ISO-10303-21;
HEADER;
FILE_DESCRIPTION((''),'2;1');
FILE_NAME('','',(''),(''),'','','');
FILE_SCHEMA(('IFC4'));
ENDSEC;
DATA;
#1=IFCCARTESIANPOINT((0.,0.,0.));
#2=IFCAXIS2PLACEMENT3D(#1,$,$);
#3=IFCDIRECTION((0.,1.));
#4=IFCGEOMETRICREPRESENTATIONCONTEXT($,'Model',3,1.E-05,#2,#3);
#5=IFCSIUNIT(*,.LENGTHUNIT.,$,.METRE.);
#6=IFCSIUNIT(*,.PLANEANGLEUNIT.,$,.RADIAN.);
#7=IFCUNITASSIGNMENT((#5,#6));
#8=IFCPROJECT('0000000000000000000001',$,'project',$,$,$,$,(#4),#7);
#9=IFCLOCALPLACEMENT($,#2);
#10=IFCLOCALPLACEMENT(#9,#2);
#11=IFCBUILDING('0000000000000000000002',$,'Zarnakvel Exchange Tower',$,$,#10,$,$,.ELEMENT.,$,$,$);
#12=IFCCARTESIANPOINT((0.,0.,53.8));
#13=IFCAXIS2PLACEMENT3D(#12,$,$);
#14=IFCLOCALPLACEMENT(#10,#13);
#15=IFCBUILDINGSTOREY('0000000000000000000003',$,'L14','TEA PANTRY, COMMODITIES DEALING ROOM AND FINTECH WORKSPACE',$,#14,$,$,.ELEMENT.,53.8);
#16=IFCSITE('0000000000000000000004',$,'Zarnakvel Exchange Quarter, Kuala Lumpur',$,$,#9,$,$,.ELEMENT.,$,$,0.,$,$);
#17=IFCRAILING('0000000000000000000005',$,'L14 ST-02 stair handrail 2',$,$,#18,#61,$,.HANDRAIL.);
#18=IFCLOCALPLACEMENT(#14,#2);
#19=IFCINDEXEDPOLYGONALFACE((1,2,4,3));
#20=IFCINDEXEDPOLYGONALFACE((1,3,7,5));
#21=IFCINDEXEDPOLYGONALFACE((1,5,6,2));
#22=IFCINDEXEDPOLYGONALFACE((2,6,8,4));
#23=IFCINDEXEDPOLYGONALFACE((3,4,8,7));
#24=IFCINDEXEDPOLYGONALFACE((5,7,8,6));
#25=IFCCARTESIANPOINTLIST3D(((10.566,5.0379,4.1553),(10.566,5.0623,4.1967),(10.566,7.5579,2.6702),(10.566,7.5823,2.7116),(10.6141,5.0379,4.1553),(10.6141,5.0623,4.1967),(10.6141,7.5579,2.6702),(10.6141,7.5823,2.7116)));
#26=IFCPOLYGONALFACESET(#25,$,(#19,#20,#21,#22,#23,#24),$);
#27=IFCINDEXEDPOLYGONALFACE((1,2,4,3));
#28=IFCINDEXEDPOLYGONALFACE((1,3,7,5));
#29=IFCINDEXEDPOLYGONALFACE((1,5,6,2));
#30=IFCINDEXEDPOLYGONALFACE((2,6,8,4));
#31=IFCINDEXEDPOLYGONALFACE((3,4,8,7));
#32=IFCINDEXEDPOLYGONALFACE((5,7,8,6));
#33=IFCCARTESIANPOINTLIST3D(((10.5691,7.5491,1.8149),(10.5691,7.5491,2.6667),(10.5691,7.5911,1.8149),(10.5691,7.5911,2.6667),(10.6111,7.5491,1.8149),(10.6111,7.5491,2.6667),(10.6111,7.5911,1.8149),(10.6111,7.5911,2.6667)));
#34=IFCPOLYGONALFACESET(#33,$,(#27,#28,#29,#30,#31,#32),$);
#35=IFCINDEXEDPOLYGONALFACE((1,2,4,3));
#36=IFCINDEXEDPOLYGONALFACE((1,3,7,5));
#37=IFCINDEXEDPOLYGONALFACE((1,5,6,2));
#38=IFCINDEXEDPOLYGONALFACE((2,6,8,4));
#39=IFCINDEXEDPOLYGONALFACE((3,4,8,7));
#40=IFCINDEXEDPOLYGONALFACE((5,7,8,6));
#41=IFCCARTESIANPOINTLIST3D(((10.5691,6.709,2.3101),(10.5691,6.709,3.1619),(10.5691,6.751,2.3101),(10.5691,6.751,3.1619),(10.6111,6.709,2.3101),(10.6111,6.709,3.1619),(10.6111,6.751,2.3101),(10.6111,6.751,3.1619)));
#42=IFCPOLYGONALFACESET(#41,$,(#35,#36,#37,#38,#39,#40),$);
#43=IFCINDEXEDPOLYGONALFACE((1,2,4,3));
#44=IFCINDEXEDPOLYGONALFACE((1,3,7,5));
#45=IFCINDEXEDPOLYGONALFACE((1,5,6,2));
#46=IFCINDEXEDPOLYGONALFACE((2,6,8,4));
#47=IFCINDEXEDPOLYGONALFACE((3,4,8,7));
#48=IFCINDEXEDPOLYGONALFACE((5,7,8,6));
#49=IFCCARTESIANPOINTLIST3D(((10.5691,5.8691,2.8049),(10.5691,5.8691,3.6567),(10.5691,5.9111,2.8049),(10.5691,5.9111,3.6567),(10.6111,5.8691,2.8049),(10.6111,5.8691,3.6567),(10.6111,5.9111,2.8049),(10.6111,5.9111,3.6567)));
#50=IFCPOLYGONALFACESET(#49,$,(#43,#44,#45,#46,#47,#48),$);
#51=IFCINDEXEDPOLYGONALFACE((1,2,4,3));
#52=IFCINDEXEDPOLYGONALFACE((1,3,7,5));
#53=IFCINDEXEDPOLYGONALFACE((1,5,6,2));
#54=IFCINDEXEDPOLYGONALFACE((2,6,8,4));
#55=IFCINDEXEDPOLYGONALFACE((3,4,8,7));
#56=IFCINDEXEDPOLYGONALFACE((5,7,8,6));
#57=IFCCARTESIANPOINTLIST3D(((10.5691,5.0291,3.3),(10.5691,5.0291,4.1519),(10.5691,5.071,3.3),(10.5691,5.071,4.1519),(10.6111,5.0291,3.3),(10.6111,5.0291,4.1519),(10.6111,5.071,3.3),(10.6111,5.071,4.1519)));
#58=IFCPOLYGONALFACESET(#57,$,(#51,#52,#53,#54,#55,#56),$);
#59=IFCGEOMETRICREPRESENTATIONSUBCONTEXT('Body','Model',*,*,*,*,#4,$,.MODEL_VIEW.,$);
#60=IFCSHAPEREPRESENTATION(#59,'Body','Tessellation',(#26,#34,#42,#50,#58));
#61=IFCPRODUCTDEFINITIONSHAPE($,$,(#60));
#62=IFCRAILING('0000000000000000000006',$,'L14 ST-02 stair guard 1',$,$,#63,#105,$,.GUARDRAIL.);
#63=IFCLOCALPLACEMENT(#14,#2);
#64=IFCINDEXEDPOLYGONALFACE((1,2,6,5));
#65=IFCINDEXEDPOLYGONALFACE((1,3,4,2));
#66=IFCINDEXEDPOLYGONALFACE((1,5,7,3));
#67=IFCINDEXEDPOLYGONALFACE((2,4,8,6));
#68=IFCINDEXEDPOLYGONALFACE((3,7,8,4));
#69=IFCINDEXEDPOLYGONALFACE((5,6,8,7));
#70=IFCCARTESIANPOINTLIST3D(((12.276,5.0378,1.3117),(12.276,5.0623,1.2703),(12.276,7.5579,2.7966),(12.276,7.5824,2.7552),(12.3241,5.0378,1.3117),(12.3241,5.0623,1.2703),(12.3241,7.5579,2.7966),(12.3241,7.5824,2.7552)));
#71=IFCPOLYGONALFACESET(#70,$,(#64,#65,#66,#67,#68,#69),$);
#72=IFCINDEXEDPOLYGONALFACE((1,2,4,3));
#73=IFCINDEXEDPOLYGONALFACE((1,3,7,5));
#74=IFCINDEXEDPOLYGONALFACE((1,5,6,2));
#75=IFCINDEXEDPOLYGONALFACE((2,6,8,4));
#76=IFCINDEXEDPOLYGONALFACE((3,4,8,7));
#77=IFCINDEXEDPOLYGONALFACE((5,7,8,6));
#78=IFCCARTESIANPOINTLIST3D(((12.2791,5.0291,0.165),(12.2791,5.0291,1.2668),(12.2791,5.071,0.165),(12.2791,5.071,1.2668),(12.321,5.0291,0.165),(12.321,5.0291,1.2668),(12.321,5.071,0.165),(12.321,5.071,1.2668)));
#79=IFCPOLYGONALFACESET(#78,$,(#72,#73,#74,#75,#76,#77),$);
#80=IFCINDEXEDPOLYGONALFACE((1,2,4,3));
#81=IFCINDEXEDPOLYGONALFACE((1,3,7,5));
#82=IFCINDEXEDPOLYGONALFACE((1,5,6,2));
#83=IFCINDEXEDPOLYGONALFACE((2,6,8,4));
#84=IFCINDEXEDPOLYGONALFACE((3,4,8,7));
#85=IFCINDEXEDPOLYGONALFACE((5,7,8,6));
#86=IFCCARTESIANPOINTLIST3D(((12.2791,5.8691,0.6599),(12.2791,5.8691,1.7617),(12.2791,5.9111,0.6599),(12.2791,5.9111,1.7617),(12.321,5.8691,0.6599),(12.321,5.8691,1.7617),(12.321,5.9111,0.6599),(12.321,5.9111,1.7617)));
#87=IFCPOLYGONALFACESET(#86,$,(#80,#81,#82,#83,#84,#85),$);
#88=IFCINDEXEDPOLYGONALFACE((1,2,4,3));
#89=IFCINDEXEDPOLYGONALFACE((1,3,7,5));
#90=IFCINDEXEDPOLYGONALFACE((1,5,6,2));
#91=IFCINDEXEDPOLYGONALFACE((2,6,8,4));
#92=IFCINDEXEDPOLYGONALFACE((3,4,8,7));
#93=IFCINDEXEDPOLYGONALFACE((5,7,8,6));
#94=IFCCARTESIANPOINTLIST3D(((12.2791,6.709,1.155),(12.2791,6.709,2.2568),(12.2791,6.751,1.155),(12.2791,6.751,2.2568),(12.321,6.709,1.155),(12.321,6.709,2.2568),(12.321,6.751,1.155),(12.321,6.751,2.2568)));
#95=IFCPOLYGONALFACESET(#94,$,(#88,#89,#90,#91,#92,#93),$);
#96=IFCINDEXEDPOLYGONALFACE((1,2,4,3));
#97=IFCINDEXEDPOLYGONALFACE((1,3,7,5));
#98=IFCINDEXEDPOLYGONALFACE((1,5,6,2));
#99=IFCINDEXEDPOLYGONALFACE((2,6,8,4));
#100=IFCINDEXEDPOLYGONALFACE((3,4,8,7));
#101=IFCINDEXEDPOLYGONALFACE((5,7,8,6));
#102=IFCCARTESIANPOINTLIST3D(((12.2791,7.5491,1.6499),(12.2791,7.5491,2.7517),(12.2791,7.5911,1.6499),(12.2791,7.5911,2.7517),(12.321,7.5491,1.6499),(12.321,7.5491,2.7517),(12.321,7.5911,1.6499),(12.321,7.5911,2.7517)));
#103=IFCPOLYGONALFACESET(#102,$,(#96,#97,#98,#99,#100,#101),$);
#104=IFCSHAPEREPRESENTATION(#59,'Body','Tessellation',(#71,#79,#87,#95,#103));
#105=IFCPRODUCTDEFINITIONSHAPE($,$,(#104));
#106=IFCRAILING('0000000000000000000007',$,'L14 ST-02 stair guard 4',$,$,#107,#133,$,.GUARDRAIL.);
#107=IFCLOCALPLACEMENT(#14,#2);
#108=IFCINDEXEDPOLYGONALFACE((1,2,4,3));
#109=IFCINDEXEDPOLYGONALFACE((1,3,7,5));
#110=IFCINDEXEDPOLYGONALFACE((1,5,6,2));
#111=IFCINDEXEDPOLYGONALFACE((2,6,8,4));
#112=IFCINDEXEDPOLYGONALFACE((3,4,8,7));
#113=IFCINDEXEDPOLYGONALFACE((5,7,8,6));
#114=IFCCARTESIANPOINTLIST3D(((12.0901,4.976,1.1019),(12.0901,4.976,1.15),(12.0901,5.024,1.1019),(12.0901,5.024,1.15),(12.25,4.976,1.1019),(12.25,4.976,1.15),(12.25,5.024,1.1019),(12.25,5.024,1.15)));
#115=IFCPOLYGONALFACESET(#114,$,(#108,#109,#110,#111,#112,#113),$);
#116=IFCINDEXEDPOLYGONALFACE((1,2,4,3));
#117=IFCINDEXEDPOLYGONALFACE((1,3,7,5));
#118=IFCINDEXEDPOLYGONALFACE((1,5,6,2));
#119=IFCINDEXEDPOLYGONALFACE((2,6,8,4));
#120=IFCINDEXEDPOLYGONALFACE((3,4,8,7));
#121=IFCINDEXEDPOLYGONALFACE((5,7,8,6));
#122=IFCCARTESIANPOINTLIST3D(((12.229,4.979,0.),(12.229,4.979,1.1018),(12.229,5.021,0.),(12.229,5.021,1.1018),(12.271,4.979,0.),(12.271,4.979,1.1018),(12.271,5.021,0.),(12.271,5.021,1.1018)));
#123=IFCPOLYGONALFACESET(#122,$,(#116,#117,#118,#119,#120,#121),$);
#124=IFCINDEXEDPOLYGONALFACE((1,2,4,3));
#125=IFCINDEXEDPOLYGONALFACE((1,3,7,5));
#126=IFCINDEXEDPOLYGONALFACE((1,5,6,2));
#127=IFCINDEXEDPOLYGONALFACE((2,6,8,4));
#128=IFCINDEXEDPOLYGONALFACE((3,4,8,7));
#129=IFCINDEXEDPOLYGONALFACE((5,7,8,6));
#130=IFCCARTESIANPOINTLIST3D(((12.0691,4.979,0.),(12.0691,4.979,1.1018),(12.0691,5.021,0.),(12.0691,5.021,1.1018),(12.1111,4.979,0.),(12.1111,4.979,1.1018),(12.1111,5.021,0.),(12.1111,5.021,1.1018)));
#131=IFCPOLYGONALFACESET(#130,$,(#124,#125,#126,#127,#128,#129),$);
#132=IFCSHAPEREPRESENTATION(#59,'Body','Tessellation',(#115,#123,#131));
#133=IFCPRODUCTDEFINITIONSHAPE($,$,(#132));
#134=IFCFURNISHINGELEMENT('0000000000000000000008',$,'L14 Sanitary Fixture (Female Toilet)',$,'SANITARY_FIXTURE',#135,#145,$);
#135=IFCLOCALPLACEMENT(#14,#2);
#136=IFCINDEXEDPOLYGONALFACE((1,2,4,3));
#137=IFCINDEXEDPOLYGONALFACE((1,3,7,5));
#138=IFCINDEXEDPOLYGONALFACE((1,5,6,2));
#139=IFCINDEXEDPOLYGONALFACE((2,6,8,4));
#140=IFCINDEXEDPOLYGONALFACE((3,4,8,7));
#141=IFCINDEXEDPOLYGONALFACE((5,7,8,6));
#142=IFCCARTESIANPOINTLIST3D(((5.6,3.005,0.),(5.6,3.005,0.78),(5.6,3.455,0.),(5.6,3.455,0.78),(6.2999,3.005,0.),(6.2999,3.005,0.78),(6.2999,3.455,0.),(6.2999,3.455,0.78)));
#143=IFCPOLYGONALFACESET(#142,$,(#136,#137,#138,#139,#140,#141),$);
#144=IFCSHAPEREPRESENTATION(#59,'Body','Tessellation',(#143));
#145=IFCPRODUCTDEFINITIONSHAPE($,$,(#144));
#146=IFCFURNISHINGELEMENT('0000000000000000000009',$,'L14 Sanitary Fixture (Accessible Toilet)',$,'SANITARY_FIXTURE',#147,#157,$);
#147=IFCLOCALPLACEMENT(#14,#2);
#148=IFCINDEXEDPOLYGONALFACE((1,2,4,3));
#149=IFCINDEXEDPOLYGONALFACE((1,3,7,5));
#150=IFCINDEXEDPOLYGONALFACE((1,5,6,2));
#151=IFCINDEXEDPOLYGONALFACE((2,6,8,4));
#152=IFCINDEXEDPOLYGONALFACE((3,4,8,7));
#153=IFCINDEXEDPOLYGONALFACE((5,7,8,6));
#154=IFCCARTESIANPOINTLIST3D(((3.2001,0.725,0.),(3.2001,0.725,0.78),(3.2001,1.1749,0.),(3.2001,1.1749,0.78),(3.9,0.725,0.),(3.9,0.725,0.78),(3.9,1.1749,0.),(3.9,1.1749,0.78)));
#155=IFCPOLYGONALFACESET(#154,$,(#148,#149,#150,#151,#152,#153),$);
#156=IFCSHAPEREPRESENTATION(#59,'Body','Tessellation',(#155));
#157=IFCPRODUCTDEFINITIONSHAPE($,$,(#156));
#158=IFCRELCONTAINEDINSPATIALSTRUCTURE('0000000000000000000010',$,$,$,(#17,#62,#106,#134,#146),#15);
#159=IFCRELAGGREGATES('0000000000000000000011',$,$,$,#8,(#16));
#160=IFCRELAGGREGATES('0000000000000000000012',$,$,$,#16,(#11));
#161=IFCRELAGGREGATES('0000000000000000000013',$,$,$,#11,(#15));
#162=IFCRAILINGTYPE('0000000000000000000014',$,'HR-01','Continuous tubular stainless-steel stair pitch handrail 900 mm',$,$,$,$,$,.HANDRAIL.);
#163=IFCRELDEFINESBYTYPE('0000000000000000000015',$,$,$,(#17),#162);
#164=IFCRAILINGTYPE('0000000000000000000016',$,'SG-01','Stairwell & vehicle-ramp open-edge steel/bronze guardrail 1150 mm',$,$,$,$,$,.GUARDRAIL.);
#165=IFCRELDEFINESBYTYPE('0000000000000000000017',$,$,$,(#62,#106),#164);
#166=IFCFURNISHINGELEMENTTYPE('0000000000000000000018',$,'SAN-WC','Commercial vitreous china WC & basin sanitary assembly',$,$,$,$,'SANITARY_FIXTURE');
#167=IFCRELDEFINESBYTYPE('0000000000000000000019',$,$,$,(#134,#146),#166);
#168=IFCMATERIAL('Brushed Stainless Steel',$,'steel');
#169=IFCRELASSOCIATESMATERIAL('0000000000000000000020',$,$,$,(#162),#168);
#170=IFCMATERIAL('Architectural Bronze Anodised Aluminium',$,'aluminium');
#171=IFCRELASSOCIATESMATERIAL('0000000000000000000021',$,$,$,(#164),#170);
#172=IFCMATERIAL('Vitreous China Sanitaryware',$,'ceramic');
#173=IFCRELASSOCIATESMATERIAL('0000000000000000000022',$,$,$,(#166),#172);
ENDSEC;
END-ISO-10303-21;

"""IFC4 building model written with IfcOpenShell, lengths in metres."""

from ifc_helpers import new_model, si_unit, direction, frame, origin, origin_2d, place, context, subcontext, project, spatial, rectangle, extrude, source, transform, mapped, material, type_object, element, save


model = new_model("IFC4")

# Units and contexts
model_context = context("Model", 3, precision=1e-05, world=origin(), true_north=direction((0.0, 1.0)))
body_context = subcontext(model_context, "Body", "Model", "MODEL_VIEW")
ifc_project = project(units=[si_unit("LENGTHUNIT", "METRE"), si_unit("PLANEANGLEUNIT", "RADIAN")], contexts=[model_context])

# Site, building, storey
site_placement = place(None, origin())
site = spatial("IfcSite", under=ifc_project, at=site_placement, Name="Zarnakvel Exchange Quarter, Kuala Lumpur", CompositionType="ELEMENT", RefElevation=0.0)
building_placement = place(site_placement, origin())
building = spatial("IfcBuilding", under=site, at=building_placement, Name="Zarnakvel Exchange Tower", CompositionType="ELEMENT")
storey_placement = place(building_placement, frame((0.0, 0.0, 53.8)))
storey = spatial("IfcBuildingStorey", under=building, at=storey_placement, Name="L14", Description="TEA PANTRY, COMMODITIES DEALING ROOM AND FINTECH WORKSPACE", CompositionType="ELEMENT", Elevation=53.8)

# Shared definitions
ifc_material_1 = material(Name="Brushed Stainless Steel", Category="steel")

# Railings
railing_type_1 = type_object("IfcRailingType", Name="HR-01", Description="Continuous tubular stainless-steel stair pitch handrail 900 mm", PredefinedType="HANDRAIL", material=ifc_material_1)
railing_1_placement = place(storey_placement, frame((10.5901, 7.5701, 1.8149)))
element("IfcRailing", 1, at=railing_1_placement, inside=storey, type_object=railing_type_1, Name="L14 ST-02 stair handrail 2", PredefinedType="HANDRAIL", context=body_context, shape_type="SweptSolid", body=[
    extrude(rectangle(XDim=0.0481, YDim=0.0481, at=origin_2d()), frame((0.0, 0.0, 0.876), z_axis=(0.0, -0.861524, 0.507717), x_axis=(1.0, 0.0, 0.0)), (0.0, 0.0, 1.0), 2.925),
    extrude(rectangle(XDim=0.042, YDim=0.042, at=origin_2d()), origin(), (0.0, 0.0, 1.0), 0.8518),
    extrude(rectangle(XDim=0.042, YDim=0.042, at=origin_2d()), frame((0.0, -0.8401, 0.4951)), (0.0, 0.0, 1.0), 0.8518),
    extrude(rectangle(XDim=0.042, YDim=0.042, at=origin_2d()), frame((0.0, -1.6799, 0.99)), (0.0, 0.0, 1.0), 0.8518),
    extrude(rectangle(XDim=0.042, YDim=0.042, at=origin_2d()), frame((0.0, -2.52, 1.4851)), (0.0, 0.0, 1.0), 0.8518),
])
ifc_material_2 = material(Name="Architectural Bronze Anodised Aluminium", Category="aluminium")
railing_type_2 = type_object("IfcRailingType", Name="SG-01", Description="Stairwell & vehicle-ramp open-edge steel/bronze guardrail 1150 mm", PredefinedType="GUARDRAIL", material=ifc_material_2)
railing_2_placement = place(storey_placement, frame((12.3, 5.05, 0.165)))
element("IfcRailing", 2, at=railing_2_placement, inside=storey, type_object=railing_type_2, Name="L14 ST-02 stair guard 1", PredefinedType="GUARDRAIL", context=body_context, shape_type="SweptSolid", body=[
    extrude(rectangle(XDim=0.0481, YDim=0.0481, at=origin_2d()), frame((0.0, 0.0, 1.126), z_axis=(0.0, 0.861561, 0.507655), x_axis=(-1.0, 0.0, 0.0)), (0.0, 0.0, 1.0), 2.925),
    extrude(rectangle(XDim=0.042, YDim=0.042, at=origin_2d()), origin(), (0.0, 0.0, 1.0), 1.1018),
    extrude(rectangle(XDim=0.042, YDim=0.042, at=origin_2d()), frame((0.0, 0.8401, 0.4949)), (0.0, 0.0, 1.0), 1.1018),
    extrude(rectangle(XDim=0.042, YDim=0.042, at=origin_2d()), frame((0.0, 1.6799, 0.99)), (0.0, 0.0, 1.0), 1.1018),
    extrude(rectangle(XDim=0.042, YDim=0.042, at=origin_2d()), frame((0.0, 2.52, 1.4849)), (0.0, 0.0, 1.0), 1.1018),
])
railing_3_placement = place(storey_placement, frame((12.25, 5.0, 0.0)))
element("IfcRailing", 3, at=railing_3_placement, inside=storey, type_object=railing_type_2, Name="L14 ST-02 stair guard 4", PredefinedType="GUARDRAIL", context=body_context, shape_type="SweptSolid", body=[
    extrude(rectangle(XDim=0.0481, YDim=0.0481, at=origin_2d()), frame((0.0, 0.0, 1.126), z_axis=(-1.0, 0.0, 0.0), x_axis=(0.0, -1.0, 0.0)), (0.0, 0.0, 1.0), 0.1599),
    extrude(rectangle(XDim=0.042, YDim=0.042, at=origin_2d()), origin(), (0.0, 0.0, 1.0), 1.1018),
    extrude(rectangle(XDim=0.042, YDim=0.042, at=origin_2d()), frame((-0.1599, 0.0, 0.0)), (0.0, 0.0, 1.0), 1.1018),
])

# Furnishing elements
ifc_material_3 = material(Name="Vitreous China Sanitaryware", Category="ceramic")
furnishing_element_type = type_object("IfcFurnishingElementType", Name="SAN-WC", Description="Commercial vitreous china WC & basin sanitary assembly", ElementType="SANITARY_FIXTURE", material=ifc_material_3)
shared_shape_1 = source(origin(), body_context, "Body", "SweptSolid", [
    extrude(rectangle(XDim=0.7, YDim=0.45, at=origin_2d()), origin(), (0.0, 0.0, 1.0), 0.78),
])
for number, where, z_axis, x_axis, name in (
    (4, (5.95, 3.23, 0.0), (0.0, 0.0, 1.0), (1.0, 0.0, 0.0), "L14 Sanitary Fixture (Female Toilet)"),
    (5, (3.55, 0.95, 0.0), (0.0, 0.0, 1.0), (1.0, 0.0, 0.0), "L14 Sanitary Fixture (Accessible Toilet)"),
):
    element("IfcFurnishingElement", number, at=place(storey_placement, frame(where, z_axis=z_axis, x_axis=x_axis)), inside=storey, type_object=furnishing_element_type, Name=name, ObjectType="SANITARY_FIXTURE", context=body_context, shape_type="MappedRepresentation", body=[
        mapped(shared_shape_1, transform((0.0, 0.0, 0.0), x_axis=(1.0, 0.0, 0.0), y_axis=(0.0, 1.0, 0.0), z_axis=(0.0, 0.0, 1.0), scale=1.0)),
    ])

save(model, "model.ifc")
